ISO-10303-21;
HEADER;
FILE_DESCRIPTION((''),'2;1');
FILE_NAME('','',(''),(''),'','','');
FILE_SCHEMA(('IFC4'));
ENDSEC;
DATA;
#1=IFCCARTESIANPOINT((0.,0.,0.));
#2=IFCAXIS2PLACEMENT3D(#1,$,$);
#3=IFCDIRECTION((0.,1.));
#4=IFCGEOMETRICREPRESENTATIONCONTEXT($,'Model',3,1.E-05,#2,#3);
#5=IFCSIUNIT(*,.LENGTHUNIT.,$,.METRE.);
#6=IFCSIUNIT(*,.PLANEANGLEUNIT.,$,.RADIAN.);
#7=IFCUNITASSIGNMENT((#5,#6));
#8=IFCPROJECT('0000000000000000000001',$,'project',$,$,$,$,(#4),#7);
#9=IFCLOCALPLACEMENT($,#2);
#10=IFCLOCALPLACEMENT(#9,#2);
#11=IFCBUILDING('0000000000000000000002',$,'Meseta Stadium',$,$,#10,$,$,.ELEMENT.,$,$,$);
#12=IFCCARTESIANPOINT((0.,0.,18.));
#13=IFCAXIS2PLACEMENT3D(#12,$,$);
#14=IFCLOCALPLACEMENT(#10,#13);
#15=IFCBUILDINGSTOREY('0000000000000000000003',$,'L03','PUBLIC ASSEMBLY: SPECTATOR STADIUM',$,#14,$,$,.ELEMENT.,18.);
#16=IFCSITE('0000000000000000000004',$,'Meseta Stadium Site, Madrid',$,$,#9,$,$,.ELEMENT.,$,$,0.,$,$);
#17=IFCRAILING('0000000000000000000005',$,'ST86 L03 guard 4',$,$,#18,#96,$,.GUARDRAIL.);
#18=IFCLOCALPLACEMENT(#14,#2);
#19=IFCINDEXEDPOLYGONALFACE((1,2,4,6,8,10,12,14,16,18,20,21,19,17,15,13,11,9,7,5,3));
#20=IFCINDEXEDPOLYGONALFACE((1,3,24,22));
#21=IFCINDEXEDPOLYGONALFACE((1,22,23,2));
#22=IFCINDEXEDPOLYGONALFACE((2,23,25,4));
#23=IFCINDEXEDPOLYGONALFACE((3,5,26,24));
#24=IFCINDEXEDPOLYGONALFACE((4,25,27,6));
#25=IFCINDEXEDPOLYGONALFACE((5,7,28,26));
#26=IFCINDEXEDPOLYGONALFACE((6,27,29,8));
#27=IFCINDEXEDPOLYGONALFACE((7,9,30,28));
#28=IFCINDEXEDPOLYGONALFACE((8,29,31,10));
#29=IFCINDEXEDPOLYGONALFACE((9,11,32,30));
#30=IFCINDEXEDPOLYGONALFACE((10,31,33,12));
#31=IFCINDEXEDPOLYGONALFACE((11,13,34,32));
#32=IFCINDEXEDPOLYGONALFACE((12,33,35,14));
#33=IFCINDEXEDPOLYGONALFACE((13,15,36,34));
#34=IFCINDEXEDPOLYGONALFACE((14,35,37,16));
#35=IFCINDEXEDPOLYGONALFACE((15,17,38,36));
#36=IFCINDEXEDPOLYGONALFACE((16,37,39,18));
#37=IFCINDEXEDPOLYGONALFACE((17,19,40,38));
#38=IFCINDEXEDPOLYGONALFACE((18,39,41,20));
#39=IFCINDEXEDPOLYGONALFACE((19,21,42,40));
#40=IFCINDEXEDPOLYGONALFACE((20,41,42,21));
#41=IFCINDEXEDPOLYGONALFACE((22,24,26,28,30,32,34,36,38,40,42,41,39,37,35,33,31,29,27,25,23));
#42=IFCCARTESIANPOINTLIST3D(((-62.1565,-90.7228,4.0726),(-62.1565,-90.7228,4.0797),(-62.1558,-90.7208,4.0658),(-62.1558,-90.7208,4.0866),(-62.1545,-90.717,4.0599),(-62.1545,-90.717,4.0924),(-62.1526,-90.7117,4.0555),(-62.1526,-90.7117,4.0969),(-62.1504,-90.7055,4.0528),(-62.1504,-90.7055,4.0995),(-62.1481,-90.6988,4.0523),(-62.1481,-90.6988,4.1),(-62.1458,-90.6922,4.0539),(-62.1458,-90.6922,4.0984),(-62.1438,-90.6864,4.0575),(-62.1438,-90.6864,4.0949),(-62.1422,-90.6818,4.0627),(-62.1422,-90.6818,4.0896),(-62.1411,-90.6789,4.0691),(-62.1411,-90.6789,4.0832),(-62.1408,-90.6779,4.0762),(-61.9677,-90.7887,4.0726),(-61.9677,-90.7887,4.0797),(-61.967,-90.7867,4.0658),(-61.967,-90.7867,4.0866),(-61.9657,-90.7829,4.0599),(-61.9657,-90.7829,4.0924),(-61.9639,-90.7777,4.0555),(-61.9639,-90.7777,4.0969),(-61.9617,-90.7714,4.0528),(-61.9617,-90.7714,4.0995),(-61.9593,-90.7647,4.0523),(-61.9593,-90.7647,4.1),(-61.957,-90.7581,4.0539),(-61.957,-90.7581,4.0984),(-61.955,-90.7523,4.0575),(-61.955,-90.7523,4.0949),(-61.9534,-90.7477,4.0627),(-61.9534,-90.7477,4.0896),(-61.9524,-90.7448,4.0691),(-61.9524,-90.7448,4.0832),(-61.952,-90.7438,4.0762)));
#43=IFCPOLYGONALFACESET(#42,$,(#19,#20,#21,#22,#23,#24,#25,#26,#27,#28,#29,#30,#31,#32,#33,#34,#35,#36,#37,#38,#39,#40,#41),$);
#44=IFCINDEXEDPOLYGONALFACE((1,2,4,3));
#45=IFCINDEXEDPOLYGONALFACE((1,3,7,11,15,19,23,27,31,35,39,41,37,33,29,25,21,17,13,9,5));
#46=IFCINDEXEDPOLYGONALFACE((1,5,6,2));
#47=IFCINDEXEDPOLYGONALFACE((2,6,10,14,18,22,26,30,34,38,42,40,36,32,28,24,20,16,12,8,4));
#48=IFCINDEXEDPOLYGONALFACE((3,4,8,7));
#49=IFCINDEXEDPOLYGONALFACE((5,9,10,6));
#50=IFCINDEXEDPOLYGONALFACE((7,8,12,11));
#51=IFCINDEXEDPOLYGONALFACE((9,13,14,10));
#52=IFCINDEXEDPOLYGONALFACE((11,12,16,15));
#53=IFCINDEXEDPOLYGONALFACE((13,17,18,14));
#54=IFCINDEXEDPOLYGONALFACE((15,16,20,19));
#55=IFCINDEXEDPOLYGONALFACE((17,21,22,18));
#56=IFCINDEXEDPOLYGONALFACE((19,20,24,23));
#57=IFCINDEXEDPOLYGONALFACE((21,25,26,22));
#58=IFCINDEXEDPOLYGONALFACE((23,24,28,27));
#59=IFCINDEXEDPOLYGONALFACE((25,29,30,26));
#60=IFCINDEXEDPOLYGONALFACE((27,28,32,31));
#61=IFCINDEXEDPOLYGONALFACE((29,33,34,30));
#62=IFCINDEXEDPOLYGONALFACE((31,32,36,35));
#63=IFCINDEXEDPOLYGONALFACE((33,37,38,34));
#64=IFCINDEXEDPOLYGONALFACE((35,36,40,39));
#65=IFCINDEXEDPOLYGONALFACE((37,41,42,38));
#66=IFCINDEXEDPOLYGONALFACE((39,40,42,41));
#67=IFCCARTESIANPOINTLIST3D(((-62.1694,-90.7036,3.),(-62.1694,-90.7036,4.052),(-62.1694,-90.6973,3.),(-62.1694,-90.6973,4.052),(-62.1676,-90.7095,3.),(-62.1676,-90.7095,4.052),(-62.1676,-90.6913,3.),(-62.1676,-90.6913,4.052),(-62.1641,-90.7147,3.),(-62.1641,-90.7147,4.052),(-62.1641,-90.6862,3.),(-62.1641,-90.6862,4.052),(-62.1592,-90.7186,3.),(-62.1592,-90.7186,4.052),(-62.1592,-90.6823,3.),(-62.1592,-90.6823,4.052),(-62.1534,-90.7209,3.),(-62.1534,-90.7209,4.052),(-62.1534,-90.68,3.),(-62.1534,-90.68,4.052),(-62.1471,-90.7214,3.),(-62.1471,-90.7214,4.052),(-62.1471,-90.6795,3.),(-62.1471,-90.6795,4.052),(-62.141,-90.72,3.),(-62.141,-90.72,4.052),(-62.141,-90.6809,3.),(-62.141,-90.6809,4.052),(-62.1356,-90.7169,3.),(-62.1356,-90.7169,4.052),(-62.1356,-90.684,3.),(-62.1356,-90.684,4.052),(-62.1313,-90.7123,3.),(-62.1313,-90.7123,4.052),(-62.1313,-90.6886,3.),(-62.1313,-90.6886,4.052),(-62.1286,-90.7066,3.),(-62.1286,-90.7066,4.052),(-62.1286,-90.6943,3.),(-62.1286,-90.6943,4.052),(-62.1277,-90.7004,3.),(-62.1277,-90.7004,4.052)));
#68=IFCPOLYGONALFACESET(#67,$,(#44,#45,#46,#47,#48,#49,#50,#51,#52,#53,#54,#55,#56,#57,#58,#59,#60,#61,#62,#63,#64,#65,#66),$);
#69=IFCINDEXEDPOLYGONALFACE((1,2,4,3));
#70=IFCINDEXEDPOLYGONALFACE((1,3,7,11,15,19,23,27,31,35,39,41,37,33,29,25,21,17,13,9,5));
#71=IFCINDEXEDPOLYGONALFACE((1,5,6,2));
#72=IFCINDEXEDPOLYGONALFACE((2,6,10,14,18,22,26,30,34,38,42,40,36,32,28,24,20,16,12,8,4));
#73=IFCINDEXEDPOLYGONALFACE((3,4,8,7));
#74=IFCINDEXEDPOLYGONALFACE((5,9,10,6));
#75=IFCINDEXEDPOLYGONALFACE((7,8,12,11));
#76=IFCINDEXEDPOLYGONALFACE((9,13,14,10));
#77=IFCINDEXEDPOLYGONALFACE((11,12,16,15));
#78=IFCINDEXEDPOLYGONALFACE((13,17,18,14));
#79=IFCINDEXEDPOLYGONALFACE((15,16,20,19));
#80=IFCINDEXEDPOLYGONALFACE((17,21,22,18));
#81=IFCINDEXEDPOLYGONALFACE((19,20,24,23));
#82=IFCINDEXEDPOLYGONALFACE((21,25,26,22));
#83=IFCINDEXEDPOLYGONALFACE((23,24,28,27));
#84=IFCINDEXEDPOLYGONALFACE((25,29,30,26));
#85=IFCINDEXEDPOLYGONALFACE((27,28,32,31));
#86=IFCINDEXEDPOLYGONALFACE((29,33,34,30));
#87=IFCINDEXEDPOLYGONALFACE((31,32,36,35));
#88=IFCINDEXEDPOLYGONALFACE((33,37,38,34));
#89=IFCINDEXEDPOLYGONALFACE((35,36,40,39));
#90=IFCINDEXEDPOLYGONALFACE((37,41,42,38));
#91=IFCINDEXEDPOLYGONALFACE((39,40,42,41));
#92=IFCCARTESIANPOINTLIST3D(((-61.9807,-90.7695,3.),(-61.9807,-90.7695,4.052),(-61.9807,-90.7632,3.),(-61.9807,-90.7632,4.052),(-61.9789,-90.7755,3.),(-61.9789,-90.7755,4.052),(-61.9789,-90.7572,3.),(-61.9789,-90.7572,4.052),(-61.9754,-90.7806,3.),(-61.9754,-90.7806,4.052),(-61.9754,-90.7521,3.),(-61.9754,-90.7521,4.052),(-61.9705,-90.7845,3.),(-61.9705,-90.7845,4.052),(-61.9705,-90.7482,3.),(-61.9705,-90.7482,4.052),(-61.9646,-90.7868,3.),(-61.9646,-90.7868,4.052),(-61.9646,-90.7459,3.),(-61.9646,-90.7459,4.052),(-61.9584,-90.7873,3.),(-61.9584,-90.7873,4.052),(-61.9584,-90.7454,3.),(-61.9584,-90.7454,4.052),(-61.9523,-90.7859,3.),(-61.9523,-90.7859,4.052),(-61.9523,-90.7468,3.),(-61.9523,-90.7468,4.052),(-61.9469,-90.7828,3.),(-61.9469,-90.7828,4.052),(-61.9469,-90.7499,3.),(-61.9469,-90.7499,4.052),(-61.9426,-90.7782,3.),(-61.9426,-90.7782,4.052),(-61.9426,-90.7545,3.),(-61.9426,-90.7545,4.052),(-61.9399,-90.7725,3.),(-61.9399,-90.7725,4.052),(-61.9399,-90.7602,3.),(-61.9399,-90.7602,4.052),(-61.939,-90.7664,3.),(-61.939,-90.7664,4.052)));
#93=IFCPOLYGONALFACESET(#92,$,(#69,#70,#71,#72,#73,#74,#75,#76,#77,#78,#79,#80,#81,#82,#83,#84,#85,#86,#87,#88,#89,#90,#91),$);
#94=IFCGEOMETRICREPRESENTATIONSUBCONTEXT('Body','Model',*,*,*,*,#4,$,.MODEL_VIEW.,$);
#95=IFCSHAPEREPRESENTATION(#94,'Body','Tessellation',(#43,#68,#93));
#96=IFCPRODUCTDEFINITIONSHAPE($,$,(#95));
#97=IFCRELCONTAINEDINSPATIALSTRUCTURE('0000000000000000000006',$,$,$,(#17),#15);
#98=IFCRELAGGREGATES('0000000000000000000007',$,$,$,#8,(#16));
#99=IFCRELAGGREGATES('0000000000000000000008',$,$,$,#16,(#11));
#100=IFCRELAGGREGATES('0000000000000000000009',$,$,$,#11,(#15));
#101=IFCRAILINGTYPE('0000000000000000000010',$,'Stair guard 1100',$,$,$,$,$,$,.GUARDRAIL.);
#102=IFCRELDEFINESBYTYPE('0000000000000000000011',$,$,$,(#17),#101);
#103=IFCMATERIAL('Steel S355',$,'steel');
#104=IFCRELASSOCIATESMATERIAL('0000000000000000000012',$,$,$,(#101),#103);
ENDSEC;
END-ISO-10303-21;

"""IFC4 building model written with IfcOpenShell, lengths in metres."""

from ifc_helpers import new_model, si_unit, direction, frame, origin, origin_2d, place, context, subcontext, project, spatial, circle, extrude, material, type_object, element, save


model = new_model("IFC4")

# Units and contexts
model_context = context("Model", 3, precision=1e-05, world=origin(), true_north=direction((0.0, 1.0)))
body_context = subcontext(model_context, "Body", "Model", "MODEL_VIEW")
ifc_project = project(units=[si_unit("LENGTHUNIT", "METRE"), si_unit("PLANEANGLEUNIT", "RADIAN")], contexts=[model_context])

# Site, building, storey
site_placement = place(None, origin())
site = spatial("IfcSite", under=ifc_project, at=site_placement, Name="Meseta Stadium Site, Madrid", CompositionType="ELEMENT", RefElevation=0.0)
building_placement = place(site_placement, origin())
building = spatial("IfcBuilding", under=site, at=building_placement, Name="Meseta Stadium", CompositionType="ELEMENT")
storey_placement = place(building_placement, frame((0.0, 0.0, 18.0)))
storey = spatial("IfcBuildingStorey", under=building, at=storey_placement, Name="L03", Description="PUBLIC ASSEMBLY: SPECTATOR STADIUM", CompositionType="ELEMENT", Elevation=18.0)

# Railing
ifc_material_1 = material(Name="Steel S355", Category="steel")
railing_type_1 = type_object("IfcRailingType", Name="Stair guard 1100", PredefinedType="GUARDRAIL", material=ifc_material_1)
railing_1_placement = place(storey_placement, frame((-62.1487, -90.7004, 3.0)))
element("IfcRailing", 1, at=railing_1_placement, inside=storey, type_object=railing_type_1, Name="ST86 L03 guard 4", PredefinedType="GUARDRAIL", context=body_context, shape_type="SweptSolid", body=[
    extrude(circle(Radius=0.0239, at=origin_2d()), frame((0.0, 0.0, 1.0762), z_axis=(0.944068, -0.329752, 0.0), x_axis=(0.329752, 0.944068, 0.0)), (0.0, 0.0, 1.0), 0.2),
    extrude(circle(Radius=0.021, at=origin_2d()), origin(), (0.0, 0.0, 1.0), 1.052),
    extrude(circle(Radius=0.021, at=origin_2d()), frame((0.1887, -0.0659, 0.0)), (0.0, 0.0, 1.0), 1.052),
])

save(model, "model.ifc")
